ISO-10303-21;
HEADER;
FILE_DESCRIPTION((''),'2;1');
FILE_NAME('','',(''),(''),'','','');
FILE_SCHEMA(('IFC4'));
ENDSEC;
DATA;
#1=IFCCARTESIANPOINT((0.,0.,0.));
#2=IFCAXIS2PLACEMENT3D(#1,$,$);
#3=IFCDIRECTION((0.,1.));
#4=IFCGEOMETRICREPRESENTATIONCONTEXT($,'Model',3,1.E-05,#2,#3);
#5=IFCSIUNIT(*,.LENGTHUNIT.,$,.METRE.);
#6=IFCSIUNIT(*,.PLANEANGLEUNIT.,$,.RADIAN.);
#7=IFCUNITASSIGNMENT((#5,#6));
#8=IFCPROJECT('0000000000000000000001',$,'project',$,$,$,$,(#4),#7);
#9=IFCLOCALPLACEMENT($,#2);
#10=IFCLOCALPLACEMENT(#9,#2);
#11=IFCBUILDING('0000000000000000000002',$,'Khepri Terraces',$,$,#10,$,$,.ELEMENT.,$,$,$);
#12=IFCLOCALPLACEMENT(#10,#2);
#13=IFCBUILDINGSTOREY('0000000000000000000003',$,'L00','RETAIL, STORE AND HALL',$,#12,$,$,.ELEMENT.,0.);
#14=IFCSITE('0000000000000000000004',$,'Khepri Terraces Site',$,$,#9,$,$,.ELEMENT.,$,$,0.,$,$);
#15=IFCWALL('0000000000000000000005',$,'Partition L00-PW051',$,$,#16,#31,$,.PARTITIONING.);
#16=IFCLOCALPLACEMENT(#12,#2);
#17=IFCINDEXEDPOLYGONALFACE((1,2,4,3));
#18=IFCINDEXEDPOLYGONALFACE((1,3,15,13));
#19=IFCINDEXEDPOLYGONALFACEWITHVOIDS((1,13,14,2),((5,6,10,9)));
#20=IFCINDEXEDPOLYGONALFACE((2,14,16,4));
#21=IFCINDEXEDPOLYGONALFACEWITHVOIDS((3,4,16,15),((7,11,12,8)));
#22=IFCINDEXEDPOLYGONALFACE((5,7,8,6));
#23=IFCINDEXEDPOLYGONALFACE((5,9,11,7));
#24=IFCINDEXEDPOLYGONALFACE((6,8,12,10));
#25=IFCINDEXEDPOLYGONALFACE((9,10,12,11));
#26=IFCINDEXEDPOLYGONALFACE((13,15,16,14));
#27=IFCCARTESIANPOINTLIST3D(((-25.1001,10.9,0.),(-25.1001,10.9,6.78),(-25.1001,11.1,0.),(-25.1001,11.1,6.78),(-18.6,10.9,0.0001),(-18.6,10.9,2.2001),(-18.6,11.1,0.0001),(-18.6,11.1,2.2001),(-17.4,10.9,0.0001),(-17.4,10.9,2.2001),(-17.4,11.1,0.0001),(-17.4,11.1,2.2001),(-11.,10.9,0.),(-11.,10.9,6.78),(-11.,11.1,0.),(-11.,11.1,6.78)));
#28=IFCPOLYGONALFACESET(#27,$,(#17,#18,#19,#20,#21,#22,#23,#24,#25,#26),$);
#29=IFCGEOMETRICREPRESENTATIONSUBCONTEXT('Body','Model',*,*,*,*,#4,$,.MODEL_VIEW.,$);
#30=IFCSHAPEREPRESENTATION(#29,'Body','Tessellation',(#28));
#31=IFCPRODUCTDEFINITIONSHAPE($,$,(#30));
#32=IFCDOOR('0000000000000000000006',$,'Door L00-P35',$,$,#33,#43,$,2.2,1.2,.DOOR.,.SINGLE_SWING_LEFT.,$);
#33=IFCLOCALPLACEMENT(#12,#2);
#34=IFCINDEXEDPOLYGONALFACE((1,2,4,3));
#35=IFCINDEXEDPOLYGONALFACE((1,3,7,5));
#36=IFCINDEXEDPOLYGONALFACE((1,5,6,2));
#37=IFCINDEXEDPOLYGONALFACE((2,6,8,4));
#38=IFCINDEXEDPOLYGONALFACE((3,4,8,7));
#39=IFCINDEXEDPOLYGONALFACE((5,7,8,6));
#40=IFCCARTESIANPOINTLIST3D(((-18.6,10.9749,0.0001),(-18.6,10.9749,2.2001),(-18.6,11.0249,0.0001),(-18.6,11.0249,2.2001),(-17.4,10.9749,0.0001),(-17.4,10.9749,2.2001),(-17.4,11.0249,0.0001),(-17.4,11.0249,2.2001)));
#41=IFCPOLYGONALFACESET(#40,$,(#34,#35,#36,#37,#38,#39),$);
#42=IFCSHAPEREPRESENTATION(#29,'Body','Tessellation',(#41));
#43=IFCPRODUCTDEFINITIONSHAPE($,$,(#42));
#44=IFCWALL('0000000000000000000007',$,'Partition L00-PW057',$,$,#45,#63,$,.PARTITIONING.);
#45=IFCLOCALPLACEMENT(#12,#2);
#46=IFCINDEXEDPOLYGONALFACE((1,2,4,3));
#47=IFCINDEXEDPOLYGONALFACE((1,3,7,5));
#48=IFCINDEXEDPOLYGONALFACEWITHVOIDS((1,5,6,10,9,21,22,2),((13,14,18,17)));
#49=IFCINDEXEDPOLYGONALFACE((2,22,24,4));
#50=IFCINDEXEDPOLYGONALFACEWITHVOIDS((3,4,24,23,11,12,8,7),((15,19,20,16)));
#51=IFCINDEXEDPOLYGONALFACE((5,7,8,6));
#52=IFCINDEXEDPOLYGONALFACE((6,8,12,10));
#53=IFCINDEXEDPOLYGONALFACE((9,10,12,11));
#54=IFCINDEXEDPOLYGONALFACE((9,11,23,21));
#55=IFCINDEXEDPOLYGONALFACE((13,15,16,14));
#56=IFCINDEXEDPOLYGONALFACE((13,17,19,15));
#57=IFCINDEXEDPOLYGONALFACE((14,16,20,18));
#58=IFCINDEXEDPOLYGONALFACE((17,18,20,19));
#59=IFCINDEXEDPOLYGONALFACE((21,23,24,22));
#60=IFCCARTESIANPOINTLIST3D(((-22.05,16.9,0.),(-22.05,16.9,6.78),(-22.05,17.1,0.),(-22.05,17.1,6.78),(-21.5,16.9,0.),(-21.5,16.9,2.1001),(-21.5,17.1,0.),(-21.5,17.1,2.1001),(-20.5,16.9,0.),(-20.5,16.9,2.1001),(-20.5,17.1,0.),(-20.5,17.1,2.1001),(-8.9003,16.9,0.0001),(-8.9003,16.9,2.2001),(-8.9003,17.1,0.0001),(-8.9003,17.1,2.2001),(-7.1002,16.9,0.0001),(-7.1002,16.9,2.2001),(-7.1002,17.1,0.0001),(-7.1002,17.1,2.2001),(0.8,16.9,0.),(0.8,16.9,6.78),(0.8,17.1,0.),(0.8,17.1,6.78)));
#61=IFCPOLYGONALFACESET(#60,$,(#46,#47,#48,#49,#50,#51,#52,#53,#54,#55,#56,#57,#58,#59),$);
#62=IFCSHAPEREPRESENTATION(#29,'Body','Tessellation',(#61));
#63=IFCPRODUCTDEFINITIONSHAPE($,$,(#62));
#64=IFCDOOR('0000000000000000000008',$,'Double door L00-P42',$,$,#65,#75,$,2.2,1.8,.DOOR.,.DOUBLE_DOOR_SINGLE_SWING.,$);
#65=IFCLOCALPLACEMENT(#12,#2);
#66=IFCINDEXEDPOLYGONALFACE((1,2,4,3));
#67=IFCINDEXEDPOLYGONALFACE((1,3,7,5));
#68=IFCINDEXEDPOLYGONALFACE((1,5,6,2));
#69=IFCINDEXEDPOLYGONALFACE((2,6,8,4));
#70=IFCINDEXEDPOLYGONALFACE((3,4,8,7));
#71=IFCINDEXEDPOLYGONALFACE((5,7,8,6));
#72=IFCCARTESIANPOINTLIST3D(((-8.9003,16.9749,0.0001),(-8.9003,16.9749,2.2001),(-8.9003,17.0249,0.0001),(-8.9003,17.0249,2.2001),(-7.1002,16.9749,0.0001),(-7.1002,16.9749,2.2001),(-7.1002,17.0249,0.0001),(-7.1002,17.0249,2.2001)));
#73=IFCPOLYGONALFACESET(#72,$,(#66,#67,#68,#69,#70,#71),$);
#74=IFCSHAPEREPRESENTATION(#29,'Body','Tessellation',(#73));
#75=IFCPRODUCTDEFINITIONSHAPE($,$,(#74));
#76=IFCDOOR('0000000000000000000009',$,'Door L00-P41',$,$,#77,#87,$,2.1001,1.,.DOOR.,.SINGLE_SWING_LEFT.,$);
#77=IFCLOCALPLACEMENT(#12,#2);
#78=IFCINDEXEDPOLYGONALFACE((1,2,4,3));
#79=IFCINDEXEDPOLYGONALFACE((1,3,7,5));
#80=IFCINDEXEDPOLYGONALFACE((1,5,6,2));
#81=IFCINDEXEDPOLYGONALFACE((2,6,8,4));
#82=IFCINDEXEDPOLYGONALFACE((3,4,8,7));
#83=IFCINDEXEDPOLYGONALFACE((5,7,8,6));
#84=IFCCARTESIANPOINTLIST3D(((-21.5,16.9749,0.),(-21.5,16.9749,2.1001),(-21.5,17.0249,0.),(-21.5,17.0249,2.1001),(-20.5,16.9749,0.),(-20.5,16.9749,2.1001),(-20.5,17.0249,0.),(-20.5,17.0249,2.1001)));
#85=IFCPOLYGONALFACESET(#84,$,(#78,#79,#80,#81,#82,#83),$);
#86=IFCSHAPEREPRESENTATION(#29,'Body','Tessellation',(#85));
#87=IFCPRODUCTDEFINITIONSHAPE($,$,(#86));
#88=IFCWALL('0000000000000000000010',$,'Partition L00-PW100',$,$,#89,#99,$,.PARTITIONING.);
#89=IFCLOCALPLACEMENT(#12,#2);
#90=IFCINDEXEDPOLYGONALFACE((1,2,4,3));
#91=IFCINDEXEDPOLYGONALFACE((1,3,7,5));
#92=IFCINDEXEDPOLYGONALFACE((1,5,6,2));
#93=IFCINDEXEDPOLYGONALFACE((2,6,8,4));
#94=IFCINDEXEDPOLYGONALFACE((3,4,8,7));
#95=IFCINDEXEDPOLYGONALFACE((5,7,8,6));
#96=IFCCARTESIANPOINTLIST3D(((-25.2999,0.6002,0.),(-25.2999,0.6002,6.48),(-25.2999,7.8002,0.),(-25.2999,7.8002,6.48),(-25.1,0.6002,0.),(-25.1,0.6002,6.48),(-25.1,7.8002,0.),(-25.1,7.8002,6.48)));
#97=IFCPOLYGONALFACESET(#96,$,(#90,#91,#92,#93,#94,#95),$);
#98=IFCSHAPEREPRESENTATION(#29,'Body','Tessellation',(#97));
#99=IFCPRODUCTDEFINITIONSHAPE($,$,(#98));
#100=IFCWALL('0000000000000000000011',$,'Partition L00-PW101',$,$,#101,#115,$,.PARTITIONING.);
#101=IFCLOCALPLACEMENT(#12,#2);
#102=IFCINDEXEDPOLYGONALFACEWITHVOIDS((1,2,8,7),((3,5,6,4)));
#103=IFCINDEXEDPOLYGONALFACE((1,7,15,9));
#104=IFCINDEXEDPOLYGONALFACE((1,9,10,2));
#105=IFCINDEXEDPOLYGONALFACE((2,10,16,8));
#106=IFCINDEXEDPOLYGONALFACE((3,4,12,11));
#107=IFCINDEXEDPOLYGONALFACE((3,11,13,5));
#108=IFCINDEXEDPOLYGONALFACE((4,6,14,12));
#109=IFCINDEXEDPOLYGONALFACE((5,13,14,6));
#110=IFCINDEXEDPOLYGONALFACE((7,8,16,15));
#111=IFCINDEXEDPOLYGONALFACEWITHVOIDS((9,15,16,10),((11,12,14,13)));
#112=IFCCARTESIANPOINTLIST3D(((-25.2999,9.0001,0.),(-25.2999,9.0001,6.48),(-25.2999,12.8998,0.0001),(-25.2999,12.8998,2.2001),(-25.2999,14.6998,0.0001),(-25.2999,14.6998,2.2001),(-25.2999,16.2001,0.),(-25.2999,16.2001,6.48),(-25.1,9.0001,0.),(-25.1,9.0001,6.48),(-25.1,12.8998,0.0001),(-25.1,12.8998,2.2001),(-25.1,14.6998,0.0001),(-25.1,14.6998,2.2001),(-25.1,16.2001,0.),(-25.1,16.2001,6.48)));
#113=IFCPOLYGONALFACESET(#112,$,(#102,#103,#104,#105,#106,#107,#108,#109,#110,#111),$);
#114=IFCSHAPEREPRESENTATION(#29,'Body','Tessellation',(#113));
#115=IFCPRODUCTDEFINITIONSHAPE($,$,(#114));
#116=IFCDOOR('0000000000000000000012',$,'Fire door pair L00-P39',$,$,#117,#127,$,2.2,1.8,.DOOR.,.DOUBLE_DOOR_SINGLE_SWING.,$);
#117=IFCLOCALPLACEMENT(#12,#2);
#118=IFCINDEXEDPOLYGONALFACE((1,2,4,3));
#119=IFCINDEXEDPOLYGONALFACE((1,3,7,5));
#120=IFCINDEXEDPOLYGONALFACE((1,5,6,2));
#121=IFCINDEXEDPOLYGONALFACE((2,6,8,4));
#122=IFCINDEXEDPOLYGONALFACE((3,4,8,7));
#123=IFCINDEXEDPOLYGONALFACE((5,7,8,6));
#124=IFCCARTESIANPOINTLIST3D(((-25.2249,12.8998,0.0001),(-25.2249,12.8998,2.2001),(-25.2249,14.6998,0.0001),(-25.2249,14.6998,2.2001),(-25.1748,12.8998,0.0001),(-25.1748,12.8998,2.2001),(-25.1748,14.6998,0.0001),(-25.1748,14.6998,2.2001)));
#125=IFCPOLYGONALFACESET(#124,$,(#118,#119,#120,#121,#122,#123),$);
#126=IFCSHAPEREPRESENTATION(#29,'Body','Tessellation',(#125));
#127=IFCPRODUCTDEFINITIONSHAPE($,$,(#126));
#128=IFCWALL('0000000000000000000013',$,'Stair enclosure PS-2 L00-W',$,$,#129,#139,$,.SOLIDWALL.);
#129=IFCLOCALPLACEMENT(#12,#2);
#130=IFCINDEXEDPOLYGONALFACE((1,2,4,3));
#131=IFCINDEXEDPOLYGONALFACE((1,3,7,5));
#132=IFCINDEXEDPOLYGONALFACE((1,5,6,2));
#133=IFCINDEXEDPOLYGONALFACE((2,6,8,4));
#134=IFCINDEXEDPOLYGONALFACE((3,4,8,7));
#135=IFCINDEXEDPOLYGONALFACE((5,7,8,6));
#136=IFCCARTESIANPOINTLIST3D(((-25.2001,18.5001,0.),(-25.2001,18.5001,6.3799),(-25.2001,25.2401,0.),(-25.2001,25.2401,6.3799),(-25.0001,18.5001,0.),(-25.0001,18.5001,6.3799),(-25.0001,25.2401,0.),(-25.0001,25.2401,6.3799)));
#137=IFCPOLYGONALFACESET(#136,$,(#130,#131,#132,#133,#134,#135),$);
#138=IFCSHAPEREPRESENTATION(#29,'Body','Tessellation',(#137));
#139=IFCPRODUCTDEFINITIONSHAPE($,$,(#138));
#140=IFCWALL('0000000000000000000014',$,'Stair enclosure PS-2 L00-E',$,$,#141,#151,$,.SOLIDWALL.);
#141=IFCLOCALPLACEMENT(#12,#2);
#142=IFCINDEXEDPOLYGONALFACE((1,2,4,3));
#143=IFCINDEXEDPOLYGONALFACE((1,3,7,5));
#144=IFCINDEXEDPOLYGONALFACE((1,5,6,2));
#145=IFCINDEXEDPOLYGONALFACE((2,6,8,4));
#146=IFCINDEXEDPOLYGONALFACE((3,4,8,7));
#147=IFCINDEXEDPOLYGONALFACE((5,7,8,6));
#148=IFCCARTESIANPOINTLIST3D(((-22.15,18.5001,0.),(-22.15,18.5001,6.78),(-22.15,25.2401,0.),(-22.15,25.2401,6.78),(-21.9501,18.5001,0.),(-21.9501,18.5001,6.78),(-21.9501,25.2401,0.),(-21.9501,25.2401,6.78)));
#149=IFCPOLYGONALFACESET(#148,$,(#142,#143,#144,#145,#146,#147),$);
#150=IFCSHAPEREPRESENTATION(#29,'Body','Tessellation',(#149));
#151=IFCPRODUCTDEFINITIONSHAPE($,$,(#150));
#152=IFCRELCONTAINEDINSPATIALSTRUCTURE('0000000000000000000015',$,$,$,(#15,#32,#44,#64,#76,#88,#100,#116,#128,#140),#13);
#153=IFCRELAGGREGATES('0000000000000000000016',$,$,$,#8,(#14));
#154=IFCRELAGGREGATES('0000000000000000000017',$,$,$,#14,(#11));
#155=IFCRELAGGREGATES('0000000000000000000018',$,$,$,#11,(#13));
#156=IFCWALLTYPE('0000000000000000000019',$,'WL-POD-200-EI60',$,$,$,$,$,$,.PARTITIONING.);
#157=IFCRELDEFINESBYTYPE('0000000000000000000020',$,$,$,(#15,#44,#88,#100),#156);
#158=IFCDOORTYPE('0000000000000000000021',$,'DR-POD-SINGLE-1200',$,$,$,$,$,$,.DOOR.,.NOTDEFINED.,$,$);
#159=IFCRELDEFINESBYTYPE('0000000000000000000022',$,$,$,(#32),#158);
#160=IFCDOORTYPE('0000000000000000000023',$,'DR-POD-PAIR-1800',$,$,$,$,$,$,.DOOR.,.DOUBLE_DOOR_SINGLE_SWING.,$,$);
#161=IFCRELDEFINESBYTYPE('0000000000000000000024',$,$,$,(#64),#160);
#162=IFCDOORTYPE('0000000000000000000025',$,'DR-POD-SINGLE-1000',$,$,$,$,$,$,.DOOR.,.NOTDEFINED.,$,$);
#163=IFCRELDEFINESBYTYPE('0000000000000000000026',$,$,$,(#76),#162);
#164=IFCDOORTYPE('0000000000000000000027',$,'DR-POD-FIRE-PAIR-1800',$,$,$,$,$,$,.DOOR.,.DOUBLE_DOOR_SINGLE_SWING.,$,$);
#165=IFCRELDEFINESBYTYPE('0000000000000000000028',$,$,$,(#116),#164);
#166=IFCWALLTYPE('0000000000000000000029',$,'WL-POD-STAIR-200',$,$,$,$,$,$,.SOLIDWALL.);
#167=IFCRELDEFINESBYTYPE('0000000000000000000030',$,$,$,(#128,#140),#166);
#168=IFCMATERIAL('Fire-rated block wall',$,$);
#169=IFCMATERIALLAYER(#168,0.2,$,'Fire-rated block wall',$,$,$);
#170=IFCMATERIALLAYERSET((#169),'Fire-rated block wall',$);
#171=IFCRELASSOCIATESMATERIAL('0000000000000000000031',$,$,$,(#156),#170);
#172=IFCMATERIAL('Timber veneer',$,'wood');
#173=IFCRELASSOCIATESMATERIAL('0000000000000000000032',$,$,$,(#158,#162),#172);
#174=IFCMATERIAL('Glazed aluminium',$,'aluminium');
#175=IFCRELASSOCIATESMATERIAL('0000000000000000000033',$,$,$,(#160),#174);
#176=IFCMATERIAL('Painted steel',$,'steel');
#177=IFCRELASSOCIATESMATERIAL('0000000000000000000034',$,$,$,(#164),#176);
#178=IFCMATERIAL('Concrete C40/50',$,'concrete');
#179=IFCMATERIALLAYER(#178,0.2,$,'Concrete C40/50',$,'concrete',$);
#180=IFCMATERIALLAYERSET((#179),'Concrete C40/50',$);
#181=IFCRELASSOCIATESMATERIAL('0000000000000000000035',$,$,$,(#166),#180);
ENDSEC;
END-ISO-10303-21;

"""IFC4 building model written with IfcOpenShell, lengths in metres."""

from ifc_helpers import new_model, si_unit, direction, frame, frame_2d, origin, place, context, subcontext, project, spatial, rectangle, extrude, material, layer, layer_set, type_object, element, fill, save


model = new_model("IFC4")

# Units and contexts
model_context = context("Model", 3, precision=1e-05, world=origin(), true_north=direction((0.0, 1.0)))
body_context = subcontext(model_context, "Body", "Model", "MODEL_VIEW")
ifc_project = project(units=[si_unit("LENGTHUNIT", "METRE"), si_unit("PLANEANGLEUNIT", "RADIAN")], contexts=[model_context])

# Site, building, storey
site_placement = place(None, origin())
site = spatial("IfcSite", under=ifc_project, at=site_placement, Name="Khepri Terraces Site", CompositionType="ELEMENT", RefElevation=0.0)
building_placement = place(site_placement, origin())
building = spatial("IfcBuilding", under=site, at=building_placement, Name="Khepri Terraces", CompositionType="ELEMENT")
storey_placement = place(building_placement, origin())
storey = spatial("IfcBuildingStorey", under=building, at=storey_placement, Name="L00", Description="RETAIL, STORE AND HALL", CompositionType="ELEMENT", Elevation=0.0)

# Shared definitions
ifc_material_1 = material(Name="Painted steel", Category="steel")

# Shared definitions
ifc_material_2 = material(Name="Fire-rated block wall")

# Wall, opening, door
ifc_layer_1 = layer(ifc_material_2, 0.2, Name="Fire-rated block wall")
ifc_layer_set_1 = layer_set([ifc_layer_1], Name="Fire-rated block wall")
wall_type_1 = type_object("IfcWallType", Name="WL-POD-200-EI60", PredefinedType="PARTITIONING", material=ifc_layer_set_1)
wall_1_placement = place(storey_placement, frame((-25.1001, 11.0, 0.0), z_axis=(0.0, 0.0, 1.0), x_axis=(1.0, 0.0, 0.0)))
wall_1 = element("IfcWall", 1, at=wall_1_placement, inside=storey, type_object=wall_type_1, Name="Partition L00-PW051", PredefinedType="PARTITIONING", context=body_context, shape_type="SweptSolid", body=[
    extrude(rectangle(XDim=14.1001, YDim=0.2, at=frame_2d((7.05, 0.0))), origin(), (0.0, 0.0, 1.0), 6.78),
])
opening_1_placement = place(wall_1_placement, frame((6.5, 0.0, 0.0)))
opening_1 = element("IfcOpeningElement", 2, at=opening_1_placement, cuts=wall_1, PredefinedType="OPENING", context=body_context, shape_type="SweptSolid", body=[
    extrude(rectangle(XDim=1.2, YDim=2.2, at=frame_2d((0.6001, 1.1001))), frame((0.0, 0.1099, 0.0), z_axis=(0.0, -1.0, 0.0), x_axis=(1.0, 0.0, 0.0)), (0.0, 0.0, 1.0), 0.22),
])
ifc_material_3 = material(Name="Timber veneer", Category="wood")
door_type_1 = type_object("IfcDoorType", Name="DR-POD-SINGLE-1200", OperationType="NOTDEFINED", PredefinedType="DOOR", material=ifc_material_3)
door_1_placement = place(opening_1_placement, origin())
door_1 = element("IfcDoor", 3, at=door_1_placement, inside=storey, type_object=door_type_1, Name="Door L00-P35", OperationType="SINGLE_SWING_LEFT", OverallHeight=2.2, OverallWidth=1.2, PredefinedType="DOOR", context=body_context, shape_type="SweptSolid", body=[
    extrude(rectangle(XDim=1.2, YDim=2.2, at=frame_2d((0.6001, 1.1001))), frame((0.0, 0.0249, 0.0), z_axis=(0.0, -1.0, 0.0), x_axis=(1.0, 0.0, 0.0)), (0.0, 0.0, 1.0), 0.05),
])
fill(opening_1, door_1)

# Wall, openings, doors
wall_2_placement = place(storey_placement, frame((-22.05, 17.0, 0.0), z_axis=(0.0, 0.0, 1.0), x_axis=(1.0, 0.0, 0.0)))
wall_2 = element("IfcWall", 4, at=wall_2_placement, inside=storey, type_object=wall_type_1, Name="Partition L00-PW057", PredefinedType="PARTITIONING", context=body_context, shape_type="SweptSolid", body=[
    extrude(rectangle(XDim=22.8501, YDim=0.2, at=frame_2d((11.425, 0.0))), origin(), (0.0, 0.0, 1.0), 6.78),
])
opening_2_placement = place(wall_2_placement, frame((0.55, 0.0, 0.0)))
opening_2 = element("IfcOpeningElement", 5, at=opening_2_placement, cuts=wall_2, PredefinedType="OPENING", context=body_context, shape_type="SweptSolid", body=[
    extrude(rectangle(XDim=1.0, YDim=2.1001, at=frame_2d((0.5, 1.05))), frame((0.0, 0.1099, 0.0), z_axis=(0.0, -1.0, 0.0), x_axis=(1.0, 0.0, 0.0)), (0.0, 0.0, 1.0), 0.22),
])
opening_3_placement = place(wall_2_placement, frame((13.1499, 0.0, 0.0)))
opening_3 = element("IfcOpeningElement", 6, at=opening_3_placement, cuts=wall_2, PredefinedType="OPENING", context=body_context, shape_type="SweptSolid", body=[
    extrude(rectangle(XDim=1.8, YDim=2.2, at=frame_2d((0.8999, 1.1001))), frame((0.0, 0.1099, 0.0), z_axis=(0.0, -1.0, 0.0), x_axis=(1.0, 0.0, 0.0)), (0.0, 0.0, 1.0), 0.22),
])
ifc_material_4 = material(Name="Glazed aluminium", Category="aluminium")
door_type_2 = type_object("IfcDoorType", Name="DR-POD-PAIR-1800", OperationType="DOUBLE_DOOR_SINGLE_SWING", PredefinedType="DOOR", material=ifc_material_4)
door_2_placement = place(opening_3_placement, origin())
door_2 = element("IfcDoor", 7, at=door_2_placement, inside=storey, type_object=door_type_2, Name="Double door L00-P42", OperationType="DOUBLE_DOOR_SINGLE_SWING", OverallHeight=2.2, OverallWidth=1.8, PredefinedType="DOOR", context=body_context, shape_type="SweptSolid", body=[
    extrude(rectangle(XDim=1.8, YDim=2.2, at=frame_2d((0.8999, 1.1001))), frame((0.0, 0.0249, 0.0), z_axis=(0.0, -1.0, 0.0), x_axis=(1.0, 0.0, 0.0)), (0.0, 0.0, 1.0), 0.05),
])
fill(opening_3, door_2)
door_type_3 = type_object("IfcDoorType", Name="DR-POD-SINGLE-1000", OperationType="NOTDEFINED", PredefinedType="DOOR", material=ifc_material_3)
door_3_placement = place(opening_2_placement, origin())
door_3 = element("IfcDoor", 8, at=door_3_placement, inside=storey, type_object=door_type_3, Name="Door L00-P41", OperationType="SINGLE_SWING_LEFT", OverallHeight=2.1001, OverallWidth=1.0, PredefinedType="DOOR", context=body_context, shape_type="SweptSolid", body=[
    extrude(rectangle(XDim=1.0, YDim=2.1001, at=frame_2d((0.5, 1.05))), frame((0.0, 0.0249, 0.0), z_axis=(0.0, -1.0, 0.0), x_axis=(1.0, 0.0, 0.0)), (0.0, 0.0, 1.0), 0.05),
])
fill(opening_2, door_3)

# Wall
wall_3_placement = place(storey_placement, frame((-25.2, 0.6001, 0.0), z_axis=(0.0, 0.0, 1.0), x_axis=(0.0, 1.0, 0.0)))
element("IfcWall", 9, at=wall_3_placement, inside=storey, type_object=wall_type_1, Name="Partition L00-PW100", PredefinedType="PARTITIONING", context=body_context, shape_type="SweptSolid", body=[
    extrude(rectangle(XDim=7.2, YDim=0.2, at=frame_2d((3.6001, 0.0))), origin(), (0.0, 0.0, 1.0), 6.48),
])

# Wall, opening, door
wall_4_placement = place(storey_placement, frame((-25.2, 9.0, 0.0), z_axis=(0.0, 0.0, 1.0), x_axis=(0.0, 1.0, 0.0)))
wall_4 = element("IfcWall", 10, at=wall_4_placement, inside=storey, type_object=wall_type_1, Name="Partition L00-PW101", PredefinedType="PARTITIONING", context=body_context, shape_type="SweptSolid", body=[
    extrude(rectangle(XDim=7.2, YDim=0.2, at=frame_2d((3.6001, 0.0))), origin(), (0.0, 0.0, 1.0), 6.48),
])
opening_4_placement = place(wall_4_placement, frame((3.8999, 0.0, 0.0)))
opening_4 = element("IfcOpeningElement", 11, at=opening_4_placement, cuts=wall_4, PredefinedType="OPENING", context=body_context, shape_type="SweptSolid", body=[
    extrude(rectangle(XDim=1.8, YDim=2.2, at=frame_2d((0.8999, 1.1001))), frame((0.0, 0.1099, 0.0), z_axis=(0.0, -1.0, 0.0), x_axis=(1.0, 0.0, 0.0)), (0.0, 0.0, 1.0), 0.22),
])
door_type_4 = type_object("IfcDoorType", Name="DR-POD-FIRE-PAIR-1800", OperationType="DOUBLE_DOOR_SINGLE_SWING", PredefinedType="DOOR", material=ifc_material_1)
door_4_placement = place(opening_4_placement, origin())
door_4 = element("IfcDoor", 12, at=door_4_placement, inside=storey, type_object=door_type_4, Name="Fire door pair L00-P39", OperationType="DOUBLE_DOOR_SINGLE_SWING", OverallHeight=2.2, OverallWidth=1.8, PredefinedType="DOOR", context=body_context, shape_type="SweptSolid", body=[
    extrude(rectangle(XDim=1.8, YDim=2.2, at=frame_2d((0.8999, 1.1001))), frame((0.0, 0.0249, 0.0), z_axis=(0.0, -1.0, 0.0), x_axis=(1.0, 0.0, 0.0)), (0.0, 0.0, 1.0), 0.05),
])
fill(opening_4, door_4)

# Walls
ifc_material_5 = material(Name="Concrete C40/50", Category="concrete")
ifc_layer_2 = layer(ifc_material_5, 0.2, Name="Concrete C40/50", Category="concrete")
ifc_layer_set_2 = layer_set([ifc_layer_2], Name="Concrete C40/50")
wall_type_2 = type_object("IfcWallType", Name="WL-POD-STAIR-200", PredefinedType="SOLIDWALL", material=ifc_layer_set_2)
wall_5_placement = place(storey_placement, frame((-25.1001, 18.5, 0.0), z_axis=(0.0, 0.0, 1.0), x_axis=(0.0, 1.0, 0.0)))
element("IfcWall", 13, at=wall_5_placement, inside=storey, type_object=wall_type_2, Name="Stair enclosure PS-2 L00-W", PredefinedType="SOLIDWALL", context=body_context, shape_type="SweptSolid", body=[
    extrude(rectangle(XDim=6.74, YDim=0.2, at=frame_2d((3.3701, 0.0))), origin(), (0.0, 0.0, 1.0), 6.3799),
])
wall_6_placement = place(storey_placement, frame((-22.05, 18.5, 0.0), z_axis=(0.0, 0.0, 1.0), x_axis=(0.0, 1.0, 0.0)))
element("IfcWall", 14, at=wall_6_placement, inside=storey, type_object=wall_type_2, Name="Stair enclosure PS-2 L00-E", PredefinedType="SOLIDWALL", context=body_context, shape_type="SweptSolid", body=[
    extrude(rectangle(XDim=6.74, YDim=0.2, at=frame_2d((3.3701, 0.0))), origin(), (0.0, 0.0, 1.0), 6.78),
])

save(model, "model.ifc")
